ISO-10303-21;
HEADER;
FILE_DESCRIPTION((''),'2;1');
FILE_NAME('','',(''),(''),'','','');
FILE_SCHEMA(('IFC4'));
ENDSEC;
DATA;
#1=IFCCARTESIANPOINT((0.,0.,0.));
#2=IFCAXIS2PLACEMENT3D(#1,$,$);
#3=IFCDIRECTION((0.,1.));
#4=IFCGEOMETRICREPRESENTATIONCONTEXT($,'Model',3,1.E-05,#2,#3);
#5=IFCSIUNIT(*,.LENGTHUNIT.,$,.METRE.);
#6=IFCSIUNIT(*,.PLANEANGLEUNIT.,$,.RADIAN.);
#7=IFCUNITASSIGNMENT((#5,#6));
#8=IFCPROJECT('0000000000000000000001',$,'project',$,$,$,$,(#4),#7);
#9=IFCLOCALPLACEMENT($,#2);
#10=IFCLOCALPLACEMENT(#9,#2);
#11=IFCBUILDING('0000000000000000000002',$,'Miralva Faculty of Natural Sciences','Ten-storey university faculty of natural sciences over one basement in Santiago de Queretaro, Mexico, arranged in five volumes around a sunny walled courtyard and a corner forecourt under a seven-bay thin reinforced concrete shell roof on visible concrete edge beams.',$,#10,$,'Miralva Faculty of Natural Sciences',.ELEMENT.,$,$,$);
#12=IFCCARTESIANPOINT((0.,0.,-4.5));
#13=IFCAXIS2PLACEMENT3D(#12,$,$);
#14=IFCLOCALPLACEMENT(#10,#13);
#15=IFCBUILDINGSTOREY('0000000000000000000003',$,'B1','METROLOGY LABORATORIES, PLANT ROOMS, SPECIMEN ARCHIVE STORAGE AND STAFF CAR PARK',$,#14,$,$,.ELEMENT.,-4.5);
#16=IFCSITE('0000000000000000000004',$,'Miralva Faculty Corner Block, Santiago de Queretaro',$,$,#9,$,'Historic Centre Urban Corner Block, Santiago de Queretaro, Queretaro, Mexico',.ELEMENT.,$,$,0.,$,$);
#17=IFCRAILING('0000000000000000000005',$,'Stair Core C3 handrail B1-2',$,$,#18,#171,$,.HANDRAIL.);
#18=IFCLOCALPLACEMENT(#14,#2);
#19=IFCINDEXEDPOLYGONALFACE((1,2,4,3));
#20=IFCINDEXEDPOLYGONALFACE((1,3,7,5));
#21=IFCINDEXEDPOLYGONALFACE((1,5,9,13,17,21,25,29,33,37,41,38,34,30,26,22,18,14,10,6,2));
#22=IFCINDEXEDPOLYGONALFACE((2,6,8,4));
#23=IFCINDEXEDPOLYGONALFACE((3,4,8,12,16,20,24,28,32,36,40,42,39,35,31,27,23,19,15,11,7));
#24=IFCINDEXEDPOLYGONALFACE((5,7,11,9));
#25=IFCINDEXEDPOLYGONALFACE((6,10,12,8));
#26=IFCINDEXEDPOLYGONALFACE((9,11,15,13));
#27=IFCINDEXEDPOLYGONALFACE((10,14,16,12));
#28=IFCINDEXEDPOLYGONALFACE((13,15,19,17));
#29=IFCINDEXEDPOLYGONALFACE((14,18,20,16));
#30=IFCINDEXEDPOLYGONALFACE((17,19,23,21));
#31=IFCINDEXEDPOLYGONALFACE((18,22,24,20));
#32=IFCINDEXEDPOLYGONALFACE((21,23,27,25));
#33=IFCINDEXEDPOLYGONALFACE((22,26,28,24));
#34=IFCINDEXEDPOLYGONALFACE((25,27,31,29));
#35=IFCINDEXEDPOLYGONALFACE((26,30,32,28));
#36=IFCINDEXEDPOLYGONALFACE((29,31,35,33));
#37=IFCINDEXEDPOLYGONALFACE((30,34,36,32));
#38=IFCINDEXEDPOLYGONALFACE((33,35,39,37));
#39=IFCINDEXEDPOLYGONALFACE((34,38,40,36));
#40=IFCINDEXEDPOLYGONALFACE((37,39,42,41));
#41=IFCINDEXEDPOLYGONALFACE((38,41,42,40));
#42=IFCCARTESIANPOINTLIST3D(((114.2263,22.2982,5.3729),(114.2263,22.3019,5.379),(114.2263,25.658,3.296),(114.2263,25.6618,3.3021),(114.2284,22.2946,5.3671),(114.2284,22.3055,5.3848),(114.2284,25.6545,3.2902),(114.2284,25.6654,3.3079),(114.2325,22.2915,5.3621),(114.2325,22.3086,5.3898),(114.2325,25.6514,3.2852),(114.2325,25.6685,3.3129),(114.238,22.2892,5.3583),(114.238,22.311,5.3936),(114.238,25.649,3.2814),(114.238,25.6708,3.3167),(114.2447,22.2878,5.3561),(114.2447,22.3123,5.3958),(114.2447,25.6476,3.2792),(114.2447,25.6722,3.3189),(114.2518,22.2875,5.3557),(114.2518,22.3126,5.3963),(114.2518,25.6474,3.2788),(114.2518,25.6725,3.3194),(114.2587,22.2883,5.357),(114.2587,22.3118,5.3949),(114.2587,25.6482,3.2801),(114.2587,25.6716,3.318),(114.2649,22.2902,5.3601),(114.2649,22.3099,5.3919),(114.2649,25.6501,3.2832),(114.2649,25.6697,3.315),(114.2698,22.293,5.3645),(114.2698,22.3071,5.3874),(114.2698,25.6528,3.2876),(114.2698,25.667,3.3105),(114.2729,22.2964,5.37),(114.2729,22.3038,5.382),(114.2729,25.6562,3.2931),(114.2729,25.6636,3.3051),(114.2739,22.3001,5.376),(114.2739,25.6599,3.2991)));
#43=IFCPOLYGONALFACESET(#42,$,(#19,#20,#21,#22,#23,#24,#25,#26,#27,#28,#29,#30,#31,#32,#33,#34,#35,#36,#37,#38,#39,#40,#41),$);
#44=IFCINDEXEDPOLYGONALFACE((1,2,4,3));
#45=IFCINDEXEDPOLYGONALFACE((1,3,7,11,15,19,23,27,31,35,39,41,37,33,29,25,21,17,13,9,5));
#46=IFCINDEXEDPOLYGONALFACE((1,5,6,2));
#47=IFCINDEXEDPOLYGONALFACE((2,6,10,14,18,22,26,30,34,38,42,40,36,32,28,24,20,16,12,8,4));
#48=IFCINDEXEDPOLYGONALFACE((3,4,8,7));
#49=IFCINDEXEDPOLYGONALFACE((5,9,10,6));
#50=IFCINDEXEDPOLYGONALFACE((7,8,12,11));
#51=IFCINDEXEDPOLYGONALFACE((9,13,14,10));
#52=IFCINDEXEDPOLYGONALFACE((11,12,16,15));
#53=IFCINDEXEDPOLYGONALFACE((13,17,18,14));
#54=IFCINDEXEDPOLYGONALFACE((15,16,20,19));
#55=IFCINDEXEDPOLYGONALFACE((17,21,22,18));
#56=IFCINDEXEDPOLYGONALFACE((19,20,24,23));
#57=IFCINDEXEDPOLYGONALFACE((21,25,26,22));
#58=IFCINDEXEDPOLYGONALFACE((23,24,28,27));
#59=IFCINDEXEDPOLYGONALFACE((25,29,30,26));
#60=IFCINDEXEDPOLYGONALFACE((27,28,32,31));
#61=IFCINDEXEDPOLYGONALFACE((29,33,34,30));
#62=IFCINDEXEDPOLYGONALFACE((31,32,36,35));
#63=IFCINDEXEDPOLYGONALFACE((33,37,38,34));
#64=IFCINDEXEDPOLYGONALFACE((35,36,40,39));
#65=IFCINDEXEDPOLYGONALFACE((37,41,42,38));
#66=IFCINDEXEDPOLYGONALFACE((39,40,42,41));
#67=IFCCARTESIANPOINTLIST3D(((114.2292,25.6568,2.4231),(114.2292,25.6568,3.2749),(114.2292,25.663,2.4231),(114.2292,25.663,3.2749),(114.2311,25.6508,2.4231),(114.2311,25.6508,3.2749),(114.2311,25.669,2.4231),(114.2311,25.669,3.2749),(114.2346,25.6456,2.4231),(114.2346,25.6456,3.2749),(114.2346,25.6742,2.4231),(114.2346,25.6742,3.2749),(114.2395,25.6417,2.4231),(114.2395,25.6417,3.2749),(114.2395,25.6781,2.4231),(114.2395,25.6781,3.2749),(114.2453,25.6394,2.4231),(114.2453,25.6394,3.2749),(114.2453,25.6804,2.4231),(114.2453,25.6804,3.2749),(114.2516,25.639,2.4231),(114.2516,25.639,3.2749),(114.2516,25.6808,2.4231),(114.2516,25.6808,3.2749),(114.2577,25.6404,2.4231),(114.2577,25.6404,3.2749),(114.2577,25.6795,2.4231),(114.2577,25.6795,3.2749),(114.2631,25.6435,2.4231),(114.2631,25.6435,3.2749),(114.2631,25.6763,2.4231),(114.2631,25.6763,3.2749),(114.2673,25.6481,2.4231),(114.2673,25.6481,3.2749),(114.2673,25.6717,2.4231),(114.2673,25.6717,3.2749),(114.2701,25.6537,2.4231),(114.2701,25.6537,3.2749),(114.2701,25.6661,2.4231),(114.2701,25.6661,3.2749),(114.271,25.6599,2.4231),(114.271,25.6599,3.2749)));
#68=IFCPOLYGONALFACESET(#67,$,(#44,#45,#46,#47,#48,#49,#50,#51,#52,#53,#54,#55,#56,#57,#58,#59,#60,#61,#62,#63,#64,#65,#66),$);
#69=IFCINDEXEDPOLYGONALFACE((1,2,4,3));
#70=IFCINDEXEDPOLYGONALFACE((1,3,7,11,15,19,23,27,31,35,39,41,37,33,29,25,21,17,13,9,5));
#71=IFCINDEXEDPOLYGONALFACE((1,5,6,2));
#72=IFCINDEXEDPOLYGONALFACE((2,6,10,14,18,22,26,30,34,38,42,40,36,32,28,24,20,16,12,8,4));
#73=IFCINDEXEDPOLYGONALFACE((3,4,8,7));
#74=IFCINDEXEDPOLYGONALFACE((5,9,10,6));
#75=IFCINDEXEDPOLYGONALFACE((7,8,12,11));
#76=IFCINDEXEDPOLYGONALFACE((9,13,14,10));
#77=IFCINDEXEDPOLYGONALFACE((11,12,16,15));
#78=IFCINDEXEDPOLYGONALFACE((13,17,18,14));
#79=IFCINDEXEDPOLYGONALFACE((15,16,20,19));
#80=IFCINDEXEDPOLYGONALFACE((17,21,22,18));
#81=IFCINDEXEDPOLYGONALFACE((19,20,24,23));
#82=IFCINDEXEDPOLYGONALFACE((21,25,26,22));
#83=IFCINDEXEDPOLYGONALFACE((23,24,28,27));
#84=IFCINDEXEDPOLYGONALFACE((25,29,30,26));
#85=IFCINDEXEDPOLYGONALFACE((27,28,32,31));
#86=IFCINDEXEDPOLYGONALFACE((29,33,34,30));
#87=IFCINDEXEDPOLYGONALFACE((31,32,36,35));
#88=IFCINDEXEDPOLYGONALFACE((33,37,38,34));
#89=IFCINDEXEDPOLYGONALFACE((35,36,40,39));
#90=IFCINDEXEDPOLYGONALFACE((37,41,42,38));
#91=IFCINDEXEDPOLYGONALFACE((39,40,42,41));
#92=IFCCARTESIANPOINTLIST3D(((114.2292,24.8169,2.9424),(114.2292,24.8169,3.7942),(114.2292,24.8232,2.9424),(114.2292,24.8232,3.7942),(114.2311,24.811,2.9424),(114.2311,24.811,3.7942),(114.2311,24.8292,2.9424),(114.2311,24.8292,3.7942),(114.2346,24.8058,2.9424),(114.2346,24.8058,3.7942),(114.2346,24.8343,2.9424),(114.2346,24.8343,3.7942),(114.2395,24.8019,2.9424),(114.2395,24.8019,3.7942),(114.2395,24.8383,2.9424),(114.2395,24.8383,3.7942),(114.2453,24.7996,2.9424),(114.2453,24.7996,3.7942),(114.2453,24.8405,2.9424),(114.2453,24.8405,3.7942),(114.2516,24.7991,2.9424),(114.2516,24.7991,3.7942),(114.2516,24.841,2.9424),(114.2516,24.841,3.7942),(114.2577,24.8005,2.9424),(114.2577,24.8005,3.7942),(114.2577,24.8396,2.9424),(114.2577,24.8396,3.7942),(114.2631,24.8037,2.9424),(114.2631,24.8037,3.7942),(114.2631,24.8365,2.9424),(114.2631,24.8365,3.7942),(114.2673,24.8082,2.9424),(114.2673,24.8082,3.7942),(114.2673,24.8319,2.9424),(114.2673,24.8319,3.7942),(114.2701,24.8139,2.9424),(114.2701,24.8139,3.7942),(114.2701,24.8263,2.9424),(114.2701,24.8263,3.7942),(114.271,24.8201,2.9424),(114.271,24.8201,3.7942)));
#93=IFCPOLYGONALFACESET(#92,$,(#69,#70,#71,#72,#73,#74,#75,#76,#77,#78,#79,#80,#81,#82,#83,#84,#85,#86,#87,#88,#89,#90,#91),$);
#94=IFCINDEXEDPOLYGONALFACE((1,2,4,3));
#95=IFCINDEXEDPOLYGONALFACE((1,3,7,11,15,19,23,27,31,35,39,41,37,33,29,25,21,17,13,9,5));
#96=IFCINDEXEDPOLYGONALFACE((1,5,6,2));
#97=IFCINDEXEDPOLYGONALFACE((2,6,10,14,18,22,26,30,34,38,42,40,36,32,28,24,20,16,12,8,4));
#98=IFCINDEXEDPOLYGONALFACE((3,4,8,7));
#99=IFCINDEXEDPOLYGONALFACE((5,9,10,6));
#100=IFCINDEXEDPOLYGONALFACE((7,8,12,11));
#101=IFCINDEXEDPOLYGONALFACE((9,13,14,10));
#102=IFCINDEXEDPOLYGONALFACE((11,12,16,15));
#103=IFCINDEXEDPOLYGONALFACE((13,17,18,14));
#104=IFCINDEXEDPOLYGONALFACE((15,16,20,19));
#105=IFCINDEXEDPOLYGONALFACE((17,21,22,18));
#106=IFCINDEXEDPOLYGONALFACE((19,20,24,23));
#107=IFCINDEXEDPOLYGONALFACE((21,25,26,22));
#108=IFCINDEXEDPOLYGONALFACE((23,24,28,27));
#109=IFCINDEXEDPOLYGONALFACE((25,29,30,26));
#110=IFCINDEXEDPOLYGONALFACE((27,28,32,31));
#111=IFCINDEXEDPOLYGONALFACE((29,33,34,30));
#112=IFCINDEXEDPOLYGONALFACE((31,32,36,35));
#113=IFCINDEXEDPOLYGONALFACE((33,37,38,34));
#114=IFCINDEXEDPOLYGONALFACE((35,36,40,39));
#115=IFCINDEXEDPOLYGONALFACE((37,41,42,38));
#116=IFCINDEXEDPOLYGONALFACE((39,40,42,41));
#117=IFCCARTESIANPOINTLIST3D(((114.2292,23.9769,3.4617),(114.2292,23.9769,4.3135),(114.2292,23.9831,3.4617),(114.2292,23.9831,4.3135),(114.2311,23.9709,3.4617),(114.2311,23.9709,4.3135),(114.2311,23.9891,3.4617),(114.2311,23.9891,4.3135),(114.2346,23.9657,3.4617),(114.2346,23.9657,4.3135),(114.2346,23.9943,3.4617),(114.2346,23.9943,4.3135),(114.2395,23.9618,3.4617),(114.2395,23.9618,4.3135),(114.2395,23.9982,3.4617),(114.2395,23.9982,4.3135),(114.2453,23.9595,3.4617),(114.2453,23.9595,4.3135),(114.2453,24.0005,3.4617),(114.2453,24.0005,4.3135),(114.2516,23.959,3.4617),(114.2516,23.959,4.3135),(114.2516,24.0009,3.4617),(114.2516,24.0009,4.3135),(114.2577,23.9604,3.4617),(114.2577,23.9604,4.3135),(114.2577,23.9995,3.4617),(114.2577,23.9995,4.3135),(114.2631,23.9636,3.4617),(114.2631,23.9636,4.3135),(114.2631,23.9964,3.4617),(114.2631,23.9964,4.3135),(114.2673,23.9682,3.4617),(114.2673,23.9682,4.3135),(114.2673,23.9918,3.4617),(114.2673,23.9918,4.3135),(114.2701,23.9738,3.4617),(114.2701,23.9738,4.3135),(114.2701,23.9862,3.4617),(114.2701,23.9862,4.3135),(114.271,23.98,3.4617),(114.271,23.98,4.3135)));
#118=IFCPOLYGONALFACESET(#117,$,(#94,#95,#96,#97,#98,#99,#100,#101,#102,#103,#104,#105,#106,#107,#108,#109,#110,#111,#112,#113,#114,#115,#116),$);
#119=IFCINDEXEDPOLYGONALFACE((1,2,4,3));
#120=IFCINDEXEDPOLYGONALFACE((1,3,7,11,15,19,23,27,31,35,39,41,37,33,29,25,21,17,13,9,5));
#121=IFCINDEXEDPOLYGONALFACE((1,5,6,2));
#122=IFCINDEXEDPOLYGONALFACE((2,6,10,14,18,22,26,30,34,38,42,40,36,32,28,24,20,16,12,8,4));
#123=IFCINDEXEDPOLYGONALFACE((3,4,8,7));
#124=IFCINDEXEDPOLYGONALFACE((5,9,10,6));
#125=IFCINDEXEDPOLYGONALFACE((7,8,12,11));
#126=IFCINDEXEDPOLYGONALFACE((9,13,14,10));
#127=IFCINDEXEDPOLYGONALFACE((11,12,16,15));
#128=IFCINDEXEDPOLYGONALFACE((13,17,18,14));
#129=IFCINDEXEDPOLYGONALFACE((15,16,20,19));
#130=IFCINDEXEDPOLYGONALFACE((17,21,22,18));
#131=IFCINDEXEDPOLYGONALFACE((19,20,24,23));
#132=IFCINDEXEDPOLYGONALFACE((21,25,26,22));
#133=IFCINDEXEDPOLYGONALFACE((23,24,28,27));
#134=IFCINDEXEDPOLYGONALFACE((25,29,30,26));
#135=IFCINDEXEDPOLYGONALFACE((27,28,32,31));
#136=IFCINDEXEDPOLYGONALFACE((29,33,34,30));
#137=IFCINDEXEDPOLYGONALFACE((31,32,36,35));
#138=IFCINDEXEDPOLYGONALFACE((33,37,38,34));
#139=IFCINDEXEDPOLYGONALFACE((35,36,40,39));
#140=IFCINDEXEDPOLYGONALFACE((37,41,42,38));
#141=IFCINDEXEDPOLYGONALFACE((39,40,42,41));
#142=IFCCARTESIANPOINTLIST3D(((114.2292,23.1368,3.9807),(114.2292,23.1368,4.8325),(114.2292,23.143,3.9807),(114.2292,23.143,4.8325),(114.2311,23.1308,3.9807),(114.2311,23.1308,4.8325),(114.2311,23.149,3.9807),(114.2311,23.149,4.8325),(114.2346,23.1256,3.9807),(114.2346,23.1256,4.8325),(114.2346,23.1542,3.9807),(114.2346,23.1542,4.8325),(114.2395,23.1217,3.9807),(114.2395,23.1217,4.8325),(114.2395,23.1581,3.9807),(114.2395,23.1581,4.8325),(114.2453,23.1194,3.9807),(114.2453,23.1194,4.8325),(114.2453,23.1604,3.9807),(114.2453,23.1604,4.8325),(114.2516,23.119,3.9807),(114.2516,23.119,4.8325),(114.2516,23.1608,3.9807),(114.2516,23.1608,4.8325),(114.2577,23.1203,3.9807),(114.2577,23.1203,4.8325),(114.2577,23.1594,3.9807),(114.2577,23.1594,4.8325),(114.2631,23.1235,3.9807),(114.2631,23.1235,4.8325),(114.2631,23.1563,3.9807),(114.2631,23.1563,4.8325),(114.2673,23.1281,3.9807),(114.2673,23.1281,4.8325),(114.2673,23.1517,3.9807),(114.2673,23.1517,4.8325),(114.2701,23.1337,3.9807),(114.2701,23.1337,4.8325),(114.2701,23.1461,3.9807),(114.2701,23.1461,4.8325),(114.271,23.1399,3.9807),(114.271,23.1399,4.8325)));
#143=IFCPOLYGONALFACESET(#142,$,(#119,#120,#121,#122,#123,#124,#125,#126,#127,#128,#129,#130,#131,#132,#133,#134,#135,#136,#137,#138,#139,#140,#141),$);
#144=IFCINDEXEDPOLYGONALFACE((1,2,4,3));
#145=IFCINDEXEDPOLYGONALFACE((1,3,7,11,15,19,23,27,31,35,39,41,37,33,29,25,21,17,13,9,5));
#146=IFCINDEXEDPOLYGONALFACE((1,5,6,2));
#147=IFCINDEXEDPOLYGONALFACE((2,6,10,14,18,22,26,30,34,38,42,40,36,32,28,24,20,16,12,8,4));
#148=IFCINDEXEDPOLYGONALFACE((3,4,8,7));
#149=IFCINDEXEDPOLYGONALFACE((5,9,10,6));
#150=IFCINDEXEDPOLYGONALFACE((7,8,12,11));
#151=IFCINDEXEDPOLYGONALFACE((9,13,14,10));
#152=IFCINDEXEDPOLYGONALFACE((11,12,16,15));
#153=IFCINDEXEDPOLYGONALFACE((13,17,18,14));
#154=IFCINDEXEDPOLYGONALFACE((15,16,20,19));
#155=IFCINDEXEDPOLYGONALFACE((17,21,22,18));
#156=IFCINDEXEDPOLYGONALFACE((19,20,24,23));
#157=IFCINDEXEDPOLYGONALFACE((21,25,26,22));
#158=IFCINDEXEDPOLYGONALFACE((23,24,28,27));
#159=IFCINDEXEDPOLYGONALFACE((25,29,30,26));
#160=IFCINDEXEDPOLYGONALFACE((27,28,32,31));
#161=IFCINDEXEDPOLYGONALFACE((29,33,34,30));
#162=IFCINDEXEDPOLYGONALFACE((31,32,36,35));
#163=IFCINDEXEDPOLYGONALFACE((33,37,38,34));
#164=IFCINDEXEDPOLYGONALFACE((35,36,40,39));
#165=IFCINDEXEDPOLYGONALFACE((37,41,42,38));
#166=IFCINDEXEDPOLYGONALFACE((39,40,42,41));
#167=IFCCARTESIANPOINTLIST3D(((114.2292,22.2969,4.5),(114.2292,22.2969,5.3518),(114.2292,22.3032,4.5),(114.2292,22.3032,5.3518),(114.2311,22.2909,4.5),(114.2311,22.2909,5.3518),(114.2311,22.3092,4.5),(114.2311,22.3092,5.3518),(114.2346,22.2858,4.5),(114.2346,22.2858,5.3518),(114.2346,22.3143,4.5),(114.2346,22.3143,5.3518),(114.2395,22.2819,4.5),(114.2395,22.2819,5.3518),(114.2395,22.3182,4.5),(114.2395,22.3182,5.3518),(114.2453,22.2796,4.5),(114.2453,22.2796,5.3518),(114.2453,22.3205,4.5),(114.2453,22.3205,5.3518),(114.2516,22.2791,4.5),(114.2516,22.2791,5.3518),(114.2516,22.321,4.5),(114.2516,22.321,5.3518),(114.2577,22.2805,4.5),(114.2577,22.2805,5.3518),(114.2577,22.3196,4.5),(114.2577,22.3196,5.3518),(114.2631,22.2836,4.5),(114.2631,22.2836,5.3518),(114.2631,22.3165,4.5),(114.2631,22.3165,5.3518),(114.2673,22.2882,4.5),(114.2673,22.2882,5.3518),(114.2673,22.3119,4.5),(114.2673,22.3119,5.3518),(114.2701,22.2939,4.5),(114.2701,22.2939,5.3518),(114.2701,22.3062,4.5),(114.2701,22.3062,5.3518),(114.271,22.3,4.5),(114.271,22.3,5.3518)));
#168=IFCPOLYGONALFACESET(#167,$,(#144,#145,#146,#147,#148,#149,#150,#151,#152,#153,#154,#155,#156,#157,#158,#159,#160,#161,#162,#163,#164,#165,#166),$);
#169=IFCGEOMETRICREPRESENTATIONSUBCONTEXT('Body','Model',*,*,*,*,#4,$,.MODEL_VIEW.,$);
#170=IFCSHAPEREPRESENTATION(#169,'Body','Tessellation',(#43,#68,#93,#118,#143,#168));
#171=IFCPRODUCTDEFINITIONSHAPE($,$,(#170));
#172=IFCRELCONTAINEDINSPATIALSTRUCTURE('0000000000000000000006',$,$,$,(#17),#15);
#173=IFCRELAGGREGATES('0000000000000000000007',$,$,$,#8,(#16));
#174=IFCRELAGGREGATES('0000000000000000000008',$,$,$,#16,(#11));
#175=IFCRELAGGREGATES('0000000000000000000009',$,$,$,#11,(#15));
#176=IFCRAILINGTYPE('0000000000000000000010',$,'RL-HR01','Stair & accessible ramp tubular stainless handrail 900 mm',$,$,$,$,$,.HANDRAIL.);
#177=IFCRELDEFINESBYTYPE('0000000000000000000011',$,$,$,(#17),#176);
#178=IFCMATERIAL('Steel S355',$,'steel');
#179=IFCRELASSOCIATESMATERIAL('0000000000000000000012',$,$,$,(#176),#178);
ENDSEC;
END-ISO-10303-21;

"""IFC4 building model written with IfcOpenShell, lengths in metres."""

from ifc_helpers import new_model, si_unit, direction, frame, origin, origin_2d, place, context, subcontext, project, spatial, circle, extrude, material, type_object, element, save


model = new_model("IFC4")

# Units and contexts
model_context = context("Model", 3, precision=1e-05, world=origin(), true_north=direction((0.0, 1.0)))
body_context = subcontext(model_context, "Body", "Model", "MODEL_VIEW")
ifc_project = project(units=[si_unit("LENGTHUNIT", "METRE"), si_unit("PLANEANGLEUNIT", "RADIAN")], contexts=[model_context])

# Site, building, storey
site_placement = place(None, origin())
site = spatial("IfcSite", under=ifc_project, at=site_placement, Name="Miralva Faculty Corner Block, Santiago de Queretaro", LongName="Historic Centre Urban Corner Block, Santiago de Queretaro, Queretaro, Mexico", CompositionType="ELEMENT", RefElevation=0.0)
building_placement = place(site_placement, origin())
building = spatial("IfcBuilding", under=site, at=building_placement, Name="Miralva Faculty of Natural Sciences", Description="Ten-storey university faculty of natural sciences over one basement in Santiago de Queretaro, Mexico, arranged in five volumes around a sunny walled courtyard and a corner forecourt under a seven-bay thin reinforced concrete shell roof on visible concrete edge beams.", LongName="Miralva Faculty of Natural Sciences", CompositionType="ELEMENT")
storey_placement = place(building_placement, frame((0.0, 0.0, -4.5)))
storey = spatial("IfcBuildingStorey", under=building, at=storey_placement, Name="B1", Description="METROLOGY LABORATORIES, PLANT ROOMS, SPECIMEN ARCHIVE STORAGE AND STAFF CAR PARK", CompositionType="ELEMENT", Elevation=-4.5)

# Railing
ifc_material_1 = material(Name="Steel S355", Category="steel")
railing_type_1 = type_object("IfcRailingType", Name="RL-HR01", Description="Stair & accessible ramp tubular stainless handrail 900 mm", PredefinedType="HANDRAIL", material=ifc_material_1)
railing_1_placement = place(storey_placement, frame((114.25, 25.6599, 2.4231)))
element("IfcRailing", 1, at=railing_1_placement, inside=storey, type_object=railing_type_1, Name="Stair Core C3 handrail B1-2", PredefinedType="HANDRAIL", context=body_context, shape_type="SweptSolid", body=[
    extrude(circle(Radius=0.0239, at=origin_2d()), frame((0.0, 0.0, 0.876), z_axis=(0.0, -0.850606, 0.525803), x_axis=(1.0, 0.0, 0.0)), (0.0, 0.0, 1.0), 3.95),
    extrude(circle(Radius=0.021, at=origin_2d()), origin(), (0.0, 0.0, 1.0), 0.8518),
    extrude(circle(Radius=0.021, at=origin_2d()), frame((0.0, -0.8398, 0.5193)), (0.0, 0.0, 1.0), 0.8518),
    extrude(circle(Radius=0.021, at=origin_2d()), frame((0.0, -1.6799, 1.0386)), (0.0, 0.0, 1.0), 0.8518),
    extrude(circle(Radius=0.021, at=origin_2d()), frame((0.0, -2.52, 1.5576)), (0.0, 0.0, 1.0), 0.8518),
    extrude(circle(Radius=0.021, at=origin_2d()), frame((0.0, -3.3599, 2.0769)), (0.0, 0.0, 1.0), 0.8518),
])

save(model, "model.ifc")
